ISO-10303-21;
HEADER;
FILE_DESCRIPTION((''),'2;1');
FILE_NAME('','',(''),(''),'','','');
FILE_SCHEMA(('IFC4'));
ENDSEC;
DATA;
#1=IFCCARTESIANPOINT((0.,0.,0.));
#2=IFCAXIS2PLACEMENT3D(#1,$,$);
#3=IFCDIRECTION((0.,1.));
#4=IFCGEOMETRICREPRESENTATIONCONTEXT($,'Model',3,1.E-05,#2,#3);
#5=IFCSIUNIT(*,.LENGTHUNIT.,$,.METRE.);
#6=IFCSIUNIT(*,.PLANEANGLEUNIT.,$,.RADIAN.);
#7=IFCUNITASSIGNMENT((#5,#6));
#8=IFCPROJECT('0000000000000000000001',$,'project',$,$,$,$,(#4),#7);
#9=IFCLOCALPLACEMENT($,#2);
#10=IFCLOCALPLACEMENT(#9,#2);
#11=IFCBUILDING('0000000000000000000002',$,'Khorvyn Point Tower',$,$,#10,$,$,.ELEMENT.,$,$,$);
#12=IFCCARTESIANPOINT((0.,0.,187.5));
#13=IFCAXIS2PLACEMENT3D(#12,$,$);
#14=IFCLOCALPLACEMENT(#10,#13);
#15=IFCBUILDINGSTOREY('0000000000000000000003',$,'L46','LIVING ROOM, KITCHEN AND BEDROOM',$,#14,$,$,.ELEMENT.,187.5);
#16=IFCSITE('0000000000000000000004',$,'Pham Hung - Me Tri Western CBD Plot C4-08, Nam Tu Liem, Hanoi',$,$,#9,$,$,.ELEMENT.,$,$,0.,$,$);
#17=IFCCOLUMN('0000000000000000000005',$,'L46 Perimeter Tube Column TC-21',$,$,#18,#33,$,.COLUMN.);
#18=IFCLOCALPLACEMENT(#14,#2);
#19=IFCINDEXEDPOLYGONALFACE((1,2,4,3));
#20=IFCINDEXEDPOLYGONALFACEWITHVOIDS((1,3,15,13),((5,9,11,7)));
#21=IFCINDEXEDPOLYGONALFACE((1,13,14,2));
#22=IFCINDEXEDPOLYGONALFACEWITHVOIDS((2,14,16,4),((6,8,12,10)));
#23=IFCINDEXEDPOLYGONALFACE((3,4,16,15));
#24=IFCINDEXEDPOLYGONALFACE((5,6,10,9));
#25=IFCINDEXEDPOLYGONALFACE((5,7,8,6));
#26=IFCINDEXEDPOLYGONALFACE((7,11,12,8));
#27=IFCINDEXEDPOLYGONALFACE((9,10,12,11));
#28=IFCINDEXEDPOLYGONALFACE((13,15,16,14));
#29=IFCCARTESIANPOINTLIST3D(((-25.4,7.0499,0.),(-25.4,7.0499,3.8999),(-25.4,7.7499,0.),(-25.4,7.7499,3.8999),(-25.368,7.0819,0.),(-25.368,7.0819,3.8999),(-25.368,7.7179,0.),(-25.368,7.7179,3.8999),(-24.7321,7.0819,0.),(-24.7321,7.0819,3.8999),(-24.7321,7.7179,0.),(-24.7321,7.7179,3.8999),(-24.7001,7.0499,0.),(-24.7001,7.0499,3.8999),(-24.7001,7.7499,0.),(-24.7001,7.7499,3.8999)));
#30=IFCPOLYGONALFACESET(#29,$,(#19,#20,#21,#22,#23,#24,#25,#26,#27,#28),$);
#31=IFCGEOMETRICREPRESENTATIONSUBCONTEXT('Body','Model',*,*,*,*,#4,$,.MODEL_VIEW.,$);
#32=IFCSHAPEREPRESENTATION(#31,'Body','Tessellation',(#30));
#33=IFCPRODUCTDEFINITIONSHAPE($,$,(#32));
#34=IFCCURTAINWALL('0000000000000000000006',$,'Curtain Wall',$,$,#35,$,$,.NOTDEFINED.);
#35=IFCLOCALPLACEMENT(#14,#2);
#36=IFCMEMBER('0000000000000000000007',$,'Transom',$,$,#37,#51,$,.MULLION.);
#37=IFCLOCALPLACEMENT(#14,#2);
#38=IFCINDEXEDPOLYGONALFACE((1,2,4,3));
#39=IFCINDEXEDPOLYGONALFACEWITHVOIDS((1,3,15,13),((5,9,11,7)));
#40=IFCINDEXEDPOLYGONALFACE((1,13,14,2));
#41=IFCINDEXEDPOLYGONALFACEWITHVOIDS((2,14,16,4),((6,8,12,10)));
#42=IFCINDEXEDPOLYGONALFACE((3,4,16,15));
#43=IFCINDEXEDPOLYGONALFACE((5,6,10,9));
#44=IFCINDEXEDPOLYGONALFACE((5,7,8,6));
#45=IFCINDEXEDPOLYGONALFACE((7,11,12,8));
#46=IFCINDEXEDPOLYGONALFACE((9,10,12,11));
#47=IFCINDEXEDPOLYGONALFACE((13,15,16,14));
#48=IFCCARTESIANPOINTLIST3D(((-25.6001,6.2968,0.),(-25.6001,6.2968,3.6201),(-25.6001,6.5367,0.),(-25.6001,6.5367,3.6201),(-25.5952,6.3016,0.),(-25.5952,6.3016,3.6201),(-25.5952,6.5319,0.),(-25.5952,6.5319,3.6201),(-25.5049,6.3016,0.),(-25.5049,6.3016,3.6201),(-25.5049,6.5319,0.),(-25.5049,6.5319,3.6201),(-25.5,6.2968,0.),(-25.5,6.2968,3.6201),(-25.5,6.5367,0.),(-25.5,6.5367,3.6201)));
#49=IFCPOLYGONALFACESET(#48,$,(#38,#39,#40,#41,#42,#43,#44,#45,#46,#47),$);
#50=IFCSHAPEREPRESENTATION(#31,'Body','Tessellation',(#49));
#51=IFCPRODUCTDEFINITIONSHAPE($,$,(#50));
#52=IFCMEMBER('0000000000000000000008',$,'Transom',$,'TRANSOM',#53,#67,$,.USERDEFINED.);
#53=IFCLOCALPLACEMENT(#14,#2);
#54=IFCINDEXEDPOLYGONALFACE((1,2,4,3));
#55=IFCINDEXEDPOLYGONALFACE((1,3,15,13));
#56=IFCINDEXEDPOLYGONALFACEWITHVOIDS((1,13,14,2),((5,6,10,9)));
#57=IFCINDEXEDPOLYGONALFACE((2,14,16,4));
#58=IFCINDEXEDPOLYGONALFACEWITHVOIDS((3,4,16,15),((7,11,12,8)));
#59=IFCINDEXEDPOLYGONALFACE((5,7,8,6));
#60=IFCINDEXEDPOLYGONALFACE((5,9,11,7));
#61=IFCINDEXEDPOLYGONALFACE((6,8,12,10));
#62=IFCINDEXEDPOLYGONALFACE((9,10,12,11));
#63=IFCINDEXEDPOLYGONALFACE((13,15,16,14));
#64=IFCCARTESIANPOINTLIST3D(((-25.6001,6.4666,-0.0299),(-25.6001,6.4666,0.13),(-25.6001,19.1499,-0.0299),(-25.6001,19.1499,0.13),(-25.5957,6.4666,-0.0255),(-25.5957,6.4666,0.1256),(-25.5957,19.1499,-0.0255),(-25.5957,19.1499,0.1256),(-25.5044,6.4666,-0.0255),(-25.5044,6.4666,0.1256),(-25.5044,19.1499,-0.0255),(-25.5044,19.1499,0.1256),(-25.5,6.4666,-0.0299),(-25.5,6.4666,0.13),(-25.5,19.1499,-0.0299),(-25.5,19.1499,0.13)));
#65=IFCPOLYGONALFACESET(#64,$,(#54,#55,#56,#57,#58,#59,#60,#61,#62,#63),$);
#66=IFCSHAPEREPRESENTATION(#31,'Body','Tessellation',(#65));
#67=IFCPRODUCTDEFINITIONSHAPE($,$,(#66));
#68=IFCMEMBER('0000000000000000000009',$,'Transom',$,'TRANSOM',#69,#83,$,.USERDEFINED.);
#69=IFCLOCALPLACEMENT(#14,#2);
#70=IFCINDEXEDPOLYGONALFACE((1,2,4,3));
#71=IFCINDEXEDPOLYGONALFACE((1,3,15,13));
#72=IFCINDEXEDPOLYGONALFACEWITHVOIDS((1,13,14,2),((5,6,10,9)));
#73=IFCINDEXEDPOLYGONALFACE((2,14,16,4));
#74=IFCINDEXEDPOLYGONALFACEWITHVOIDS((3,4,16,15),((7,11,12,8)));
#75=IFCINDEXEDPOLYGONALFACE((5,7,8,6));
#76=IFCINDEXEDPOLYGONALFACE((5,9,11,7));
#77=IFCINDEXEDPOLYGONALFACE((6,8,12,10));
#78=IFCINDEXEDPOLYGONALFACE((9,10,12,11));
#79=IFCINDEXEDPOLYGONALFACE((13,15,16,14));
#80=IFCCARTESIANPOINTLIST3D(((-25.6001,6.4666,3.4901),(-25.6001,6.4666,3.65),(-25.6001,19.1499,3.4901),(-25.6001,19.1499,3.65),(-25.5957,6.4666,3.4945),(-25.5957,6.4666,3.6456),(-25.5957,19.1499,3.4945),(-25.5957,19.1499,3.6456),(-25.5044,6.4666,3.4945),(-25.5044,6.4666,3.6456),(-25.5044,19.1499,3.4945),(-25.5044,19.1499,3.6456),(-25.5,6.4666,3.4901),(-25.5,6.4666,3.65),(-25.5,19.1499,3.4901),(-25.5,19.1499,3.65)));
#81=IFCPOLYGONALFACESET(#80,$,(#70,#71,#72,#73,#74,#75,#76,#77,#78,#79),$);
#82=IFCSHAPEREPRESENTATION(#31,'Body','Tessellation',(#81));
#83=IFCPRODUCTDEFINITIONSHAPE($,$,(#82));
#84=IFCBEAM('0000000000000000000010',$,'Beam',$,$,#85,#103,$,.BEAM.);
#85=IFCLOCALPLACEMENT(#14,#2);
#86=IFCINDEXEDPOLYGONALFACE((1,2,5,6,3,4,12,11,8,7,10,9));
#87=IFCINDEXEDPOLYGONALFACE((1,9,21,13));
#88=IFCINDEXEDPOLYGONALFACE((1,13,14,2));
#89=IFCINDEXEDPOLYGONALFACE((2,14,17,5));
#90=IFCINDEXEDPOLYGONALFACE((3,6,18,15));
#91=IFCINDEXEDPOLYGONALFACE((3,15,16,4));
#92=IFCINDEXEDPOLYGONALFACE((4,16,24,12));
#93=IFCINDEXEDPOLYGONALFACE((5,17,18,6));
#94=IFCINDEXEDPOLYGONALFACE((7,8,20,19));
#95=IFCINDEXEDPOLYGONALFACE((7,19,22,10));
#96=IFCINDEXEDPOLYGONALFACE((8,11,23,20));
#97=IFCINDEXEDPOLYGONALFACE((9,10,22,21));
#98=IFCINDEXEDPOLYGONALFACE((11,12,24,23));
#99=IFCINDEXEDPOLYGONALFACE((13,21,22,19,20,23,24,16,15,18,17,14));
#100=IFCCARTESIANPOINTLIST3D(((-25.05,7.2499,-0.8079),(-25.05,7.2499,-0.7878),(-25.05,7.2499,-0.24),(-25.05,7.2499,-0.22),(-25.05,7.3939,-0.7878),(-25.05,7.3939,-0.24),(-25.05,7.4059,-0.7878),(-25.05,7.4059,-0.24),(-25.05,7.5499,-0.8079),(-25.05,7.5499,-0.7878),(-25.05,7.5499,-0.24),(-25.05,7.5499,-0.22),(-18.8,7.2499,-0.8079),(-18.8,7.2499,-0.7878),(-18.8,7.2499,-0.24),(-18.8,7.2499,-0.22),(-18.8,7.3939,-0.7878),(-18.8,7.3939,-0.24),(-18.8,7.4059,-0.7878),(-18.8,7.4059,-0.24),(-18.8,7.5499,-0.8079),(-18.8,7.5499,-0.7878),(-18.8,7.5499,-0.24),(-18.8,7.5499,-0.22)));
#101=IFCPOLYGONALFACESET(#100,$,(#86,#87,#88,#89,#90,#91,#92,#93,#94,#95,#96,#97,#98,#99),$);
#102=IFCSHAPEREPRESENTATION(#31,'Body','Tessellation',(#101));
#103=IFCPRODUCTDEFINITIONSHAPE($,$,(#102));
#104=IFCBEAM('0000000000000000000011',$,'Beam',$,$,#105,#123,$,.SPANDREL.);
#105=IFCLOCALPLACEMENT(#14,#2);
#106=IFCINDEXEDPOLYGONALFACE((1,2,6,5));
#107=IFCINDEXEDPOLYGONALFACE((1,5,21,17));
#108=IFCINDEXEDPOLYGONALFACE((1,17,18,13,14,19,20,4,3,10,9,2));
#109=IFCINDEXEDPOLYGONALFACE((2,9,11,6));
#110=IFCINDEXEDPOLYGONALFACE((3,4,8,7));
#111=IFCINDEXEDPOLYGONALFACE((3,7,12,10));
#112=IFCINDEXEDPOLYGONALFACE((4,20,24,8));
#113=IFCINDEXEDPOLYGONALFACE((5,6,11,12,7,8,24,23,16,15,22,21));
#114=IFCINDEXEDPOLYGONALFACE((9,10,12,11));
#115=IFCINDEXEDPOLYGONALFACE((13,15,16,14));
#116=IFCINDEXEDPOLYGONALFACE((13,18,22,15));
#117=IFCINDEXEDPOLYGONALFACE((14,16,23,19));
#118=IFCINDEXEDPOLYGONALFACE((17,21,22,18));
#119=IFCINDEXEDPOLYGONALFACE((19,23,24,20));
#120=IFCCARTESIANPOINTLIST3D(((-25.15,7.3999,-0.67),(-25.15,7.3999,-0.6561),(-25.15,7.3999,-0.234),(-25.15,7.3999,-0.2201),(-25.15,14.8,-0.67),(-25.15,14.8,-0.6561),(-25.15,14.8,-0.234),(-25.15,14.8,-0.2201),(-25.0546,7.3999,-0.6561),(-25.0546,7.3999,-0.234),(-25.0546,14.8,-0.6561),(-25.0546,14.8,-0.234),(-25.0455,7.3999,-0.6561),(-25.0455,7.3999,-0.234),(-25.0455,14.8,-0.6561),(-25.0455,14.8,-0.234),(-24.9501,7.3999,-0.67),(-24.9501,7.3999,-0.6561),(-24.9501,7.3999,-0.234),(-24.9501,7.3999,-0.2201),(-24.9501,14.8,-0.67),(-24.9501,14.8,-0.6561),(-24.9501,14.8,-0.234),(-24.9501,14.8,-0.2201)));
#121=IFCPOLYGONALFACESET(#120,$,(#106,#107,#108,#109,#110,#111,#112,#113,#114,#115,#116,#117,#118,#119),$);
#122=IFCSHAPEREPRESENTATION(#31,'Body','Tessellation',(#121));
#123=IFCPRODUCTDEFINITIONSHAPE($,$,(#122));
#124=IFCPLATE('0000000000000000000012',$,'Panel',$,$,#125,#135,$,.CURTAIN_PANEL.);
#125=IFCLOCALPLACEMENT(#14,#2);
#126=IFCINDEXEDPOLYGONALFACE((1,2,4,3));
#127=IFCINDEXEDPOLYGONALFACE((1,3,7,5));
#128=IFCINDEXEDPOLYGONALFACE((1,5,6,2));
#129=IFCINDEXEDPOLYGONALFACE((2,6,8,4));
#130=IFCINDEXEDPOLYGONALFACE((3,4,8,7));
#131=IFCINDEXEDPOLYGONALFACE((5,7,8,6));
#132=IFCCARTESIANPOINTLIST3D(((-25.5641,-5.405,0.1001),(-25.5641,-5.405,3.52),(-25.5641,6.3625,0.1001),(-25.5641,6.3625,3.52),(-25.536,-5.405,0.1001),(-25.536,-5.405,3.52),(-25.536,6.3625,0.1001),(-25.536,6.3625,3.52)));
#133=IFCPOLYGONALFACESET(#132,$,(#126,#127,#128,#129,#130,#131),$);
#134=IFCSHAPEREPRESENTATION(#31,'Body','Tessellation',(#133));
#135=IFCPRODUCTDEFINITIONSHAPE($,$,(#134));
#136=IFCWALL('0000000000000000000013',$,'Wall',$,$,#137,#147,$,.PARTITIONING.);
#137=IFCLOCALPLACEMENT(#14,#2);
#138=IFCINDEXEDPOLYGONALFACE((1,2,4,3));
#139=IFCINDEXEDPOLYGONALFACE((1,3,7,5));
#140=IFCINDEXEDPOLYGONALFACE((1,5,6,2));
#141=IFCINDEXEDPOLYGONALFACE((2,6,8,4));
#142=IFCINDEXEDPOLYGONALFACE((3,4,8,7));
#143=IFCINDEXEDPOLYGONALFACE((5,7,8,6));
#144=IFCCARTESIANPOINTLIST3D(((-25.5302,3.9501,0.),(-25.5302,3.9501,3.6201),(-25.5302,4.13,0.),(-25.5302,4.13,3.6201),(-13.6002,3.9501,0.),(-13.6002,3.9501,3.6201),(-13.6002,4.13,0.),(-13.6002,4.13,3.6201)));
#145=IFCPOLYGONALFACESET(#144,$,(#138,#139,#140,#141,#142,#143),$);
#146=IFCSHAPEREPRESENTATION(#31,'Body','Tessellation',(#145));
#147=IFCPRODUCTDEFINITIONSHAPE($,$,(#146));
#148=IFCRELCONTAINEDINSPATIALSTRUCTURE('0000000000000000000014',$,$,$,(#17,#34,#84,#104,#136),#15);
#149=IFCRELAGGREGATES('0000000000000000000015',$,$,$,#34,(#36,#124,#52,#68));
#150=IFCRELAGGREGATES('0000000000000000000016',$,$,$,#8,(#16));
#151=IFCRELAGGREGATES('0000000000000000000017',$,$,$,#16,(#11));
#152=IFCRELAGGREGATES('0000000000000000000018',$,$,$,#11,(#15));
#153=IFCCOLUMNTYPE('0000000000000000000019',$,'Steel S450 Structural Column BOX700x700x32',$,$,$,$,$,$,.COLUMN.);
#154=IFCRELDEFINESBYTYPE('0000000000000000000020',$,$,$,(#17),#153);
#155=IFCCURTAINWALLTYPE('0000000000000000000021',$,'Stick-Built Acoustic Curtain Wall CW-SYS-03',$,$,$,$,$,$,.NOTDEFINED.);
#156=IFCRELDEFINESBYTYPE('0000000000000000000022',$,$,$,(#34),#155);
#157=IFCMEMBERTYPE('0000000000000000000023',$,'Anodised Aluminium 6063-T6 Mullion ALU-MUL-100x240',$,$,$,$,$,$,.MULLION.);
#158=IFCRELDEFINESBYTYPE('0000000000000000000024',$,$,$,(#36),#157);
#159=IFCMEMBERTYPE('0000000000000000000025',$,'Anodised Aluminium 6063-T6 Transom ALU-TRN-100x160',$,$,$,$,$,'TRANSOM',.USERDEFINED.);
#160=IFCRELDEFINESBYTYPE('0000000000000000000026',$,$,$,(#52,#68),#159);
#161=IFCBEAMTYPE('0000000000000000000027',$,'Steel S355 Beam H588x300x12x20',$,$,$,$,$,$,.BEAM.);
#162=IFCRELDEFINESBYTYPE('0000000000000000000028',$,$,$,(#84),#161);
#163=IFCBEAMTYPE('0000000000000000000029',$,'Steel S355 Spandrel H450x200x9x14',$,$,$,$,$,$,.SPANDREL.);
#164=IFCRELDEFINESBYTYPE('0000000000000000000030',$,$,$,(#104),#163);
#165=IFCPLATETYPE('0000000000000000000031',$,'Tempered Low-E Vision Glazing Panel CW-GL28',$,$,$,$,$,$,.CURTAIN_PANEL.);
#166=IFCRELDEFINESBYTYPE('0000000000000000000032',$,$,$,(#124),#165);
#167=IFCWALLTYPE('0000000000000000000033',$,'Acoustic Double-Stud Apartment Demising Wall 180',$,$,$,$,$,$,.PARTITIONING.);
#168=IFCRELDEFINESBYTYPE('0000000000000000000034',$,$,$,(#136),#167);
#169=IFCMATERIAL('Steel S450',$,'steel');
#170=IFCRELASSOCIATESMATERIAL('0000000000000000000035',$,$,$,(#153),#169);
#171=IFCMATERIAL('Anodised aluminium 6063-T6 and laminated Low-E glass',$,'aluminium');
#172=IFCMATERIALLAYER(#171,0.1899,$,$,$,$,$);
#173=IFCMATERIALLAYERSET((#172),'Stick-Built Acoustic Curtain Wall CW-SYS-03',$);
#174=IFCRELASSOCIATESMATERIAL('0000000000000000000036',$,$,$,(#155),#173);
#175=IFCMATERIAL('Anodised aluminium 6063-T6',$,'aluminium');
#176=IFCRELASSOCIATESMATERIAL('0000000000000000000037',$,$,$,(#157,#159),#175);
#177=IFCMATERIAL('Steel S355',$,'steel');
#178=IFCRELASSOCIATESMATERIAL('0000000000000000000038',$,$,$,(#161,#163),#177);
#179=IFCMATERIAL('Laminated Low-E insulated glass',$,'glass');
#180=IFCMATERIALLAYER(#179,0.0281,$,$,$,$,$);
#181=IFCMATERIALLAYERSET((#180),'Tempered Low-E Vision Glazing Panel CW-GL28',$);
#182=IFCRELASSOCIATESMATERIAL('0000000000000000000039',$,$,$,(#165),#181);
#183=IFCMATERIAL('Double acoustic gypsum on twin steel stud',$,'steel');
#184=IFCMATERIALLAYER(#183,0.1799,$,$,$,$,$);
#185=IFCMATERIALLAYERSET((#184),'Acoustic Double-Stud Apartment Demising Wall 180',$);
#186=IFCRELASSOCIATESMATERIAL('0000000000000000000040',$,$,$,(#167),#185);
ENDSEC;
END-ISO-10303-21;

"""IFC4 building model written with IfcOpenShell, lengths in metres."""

from ifc_helpers import new_model, si_unit, direction, frame, frame_2d, origin, origin_2d, place, context, subcontext, project, spatial, rectangle, hollow_rectangle, i_section, extrude, material, layer, layer_set, material_profile, profile_set, type_object, element, aggregate, save


model = new_model("IFC4")

# Units and contexts
model_context = context("Model", 3, precision=1e-05, world=origin(), true_north=direction((0.0, 1.0)))
body_context = subcontext(model_context, "Body", "Model", "MODEL_VIEW")
ifc_project = project(units=[si_unit("LENGTHUNIT", "METRE"), si_unit("PLANEANGLEUNIT", "RADIAN")], contexts=[model_context])

# Site, building, storey
site_placement = place(None, origin())
site = spatial("IfcSite", under=ifc_project, at=site_placement, Name="Pham Hung - Me Tri Western CBD Plot C4-08, Nam Tu Liem, Hanoi", CompositionType="ELEMENT", RefElevation=0.0)
building_placement = place(site_placement, origin())
building = spatial("IfcBuilding", under=site, at=building_placement, Name="Khorvyn Point Tower", CompositionType="ELEMENT")
storey_placement = place(building_placement, frame((0.0, 0.0, 187.5)))
storey = spatial("IfcBuildingStorey", under=building, at=storey_placement, Name="L46", Description="LIVING ROOM, KITCHEN AND BEDROOM", CompositionType="ELEMENT", Elevation=187.5)

# Column
ifc_material_1 = material(Name="Steel S450", Category="steel")
ifc_material_profile_1 = material_profile(ifc_material_1, hollow_rectangle(XDim=0.7, YDim=0.7, WallThickness=0.032, at=origin_2d()))
ifc_profile_set_1 = profile_set([ifc_material_profile_1], Name="Steel S450 BOX700x700x32")
column_type = type_object("IfcColumnType", Name="Steel S450 Structural Column BOX700x700x32", PredefinedType="COLUMN", material=ifc_profile_set_1)
column_placement = place(storey_placement, frame((-25.05, 7.3999, 0.0), z_axis=(0.0, 0.0, 1.0), x_axis=(1.0, 0.0, 0.0)))
element("IfcColumn", 1, at=column_placement, inside=storey, type_object=column_type, Name="L46 Perimeter Tube Column TC-21", PredefinedType="COLUMN", context=body_context, shape_type="SweptSolid", body=[
    extrude(hollow_rectangle(XDim=0.7, YDim=0.7, WallThickness=0.032, at=origin_2d()), origin(), (0.0, 0.0, 1.0), 3.8999),
])

# Curtain wall, members
ifc_material_2 = material(Name="Anodised aluminium 6063-T6 and laminated Low-E glass", Category="aluminium")
ifc_layer_1 = layer(ifc_material_2, 0.1899)
ifc_layer_set_1 = layer_set([ifc_layer_1], Name="Stick-Built Acoustic Curtain Wall CW-SYS-03")
curtain_wall_type = type_object("IfcCurtainWallType", Name="Stick-Built Acoustic Curtain Wall CW-SYS-03", PredefinedType="NOTDEFINED", material=ifc_layer_set_1)
curtain_wall_placement = place(storey_placement, origin())
curtain_wall = element("IfcCurtainWall", 2, at=curtain_wall_placement, inside=storey, type_object=curtain_wall_type, Name="Curtain Wall", PredefinedType="NOTDEFINED")
ifc_material_3 = material(Name="Anodised aluminium 6063-T6", Category="aluminium")
ifc_material_profile_2 = material_profile(ifc_material_3, hollow_rectangle(XDim=0.1001, YDim=0.24, WallThickness=0.0049, at=origin_2d()))
ifc_profile_set_2 = profile_set([ifc_material_profile_2], Name="Anodised aluminium 6063-T6 ALU-MUL-100x240")
member_type_1 = type_object("IfcMemberType", Name="Anodised Aluminium 6063-T6 Mullion ALU-MUL-100x240", PredefinedType="MULLION", material=ifc_profile_set_2)
member_1_placement = place(storey_placement, frame((-25.55, 6.4167, 0.0), z_axis=(0.0, 0.0, 1.0), x_axis=(-1.0, 0.0, 0.0)))
member_1 = element("IfcMember", 3, at=member_1_placement, type_object=member_type_1, Name="Transom", PredefinedType="MULLION", context=body_context, shape_type="SweptSolid", body=[
    extrude(hollow_rectangle(XDim=0.1001, YDim=0.24, WallThickness=0.0049, at=origin_2d()), origin(), (0.0, 0.0, 1.0), 3.6201),
])
ifc_material_profile_3 = material_profile(ifc_material_3, hollow_rectangle(XDim=0.1001, YDim=0.1599, WallThickness=0.0044, at=origin_2d()))
ifc_profile_set_3 = profile_set([ifc_material_profile_3], Name="Anodised aluminium 6063-T6 ALU-TRN-100x160")
member_type_2 = type_object("IfcMemberType", Name="Anodised Aluminium 6063-T6 Transom ALU-TRN-100x160", ElementType="TRANSOM", PredefinedType="USERDEFINED", material=ifc_profile_set_3)
member_2_placement = place(storey_placement, frame((-25.55, 6.4666, 0.05), z_axis=(0.0, 1.0, 0.0), x_axis=(-1.0, 0.0, 0.0)))
member_2 = element("IfcMember", 4, at=member_2_placement, type_object=member_type_2, Name="Transom", ObjectType="TRANSOM", PredefinedType="USERDEFINED", context=body_context, shape_type="SweptSolid", body=[
    extrude(hollow_rectangle(XDim=0.1001, YDim=0.1599, WallThickness=0.0044, at=origin_2d()), origin(), (0.0, 0.0, 1.0), 12.6833),
])
member_3_placement = place(storey_placement, frame((-25.55, 6.4666, 3.5701), z_axis=(0.0, 1.0, 0.0), x_axis=(-1.0, 0.0, 0.0)))
member_3 = element("IfcMember", 5, at=member_3_placement, type_object=member_type_2, Name="Transom", ObjectType="TRANSOM", PredefinedType="USERDEFINED", context=body_context, shape_type="SweptSolid", body=[
    extrude(hollow_rectangle(XDim=0.1001, YDim=0.1599, WallThickness=0.0044, at=origin_2d()), origin(), (0.0, 0.0, 1.0), 12.6833),
])

# Beams
ifc_material_4 = material(Name="Steel S355", Category="steel")
ifc_material_profile_4 = material_profile(ifc_material_4, i_section(OverallWidth=0.3, OverallDepth=0.5879, WebThickness=0.012, FlangeThickness=0.02, at=origin_2d()))
ifc_profile_set_4 = profile_set([ifc_material_profile_4], Name="Steel S355 H588x300x12x20")
beam_type_1 = type_object("IfcBeamType", Name="Steel S355 Beam H588x300x12x20", PredefinedType="BEAM", material=ifc_profile_set_4)
beam_1_placement = place(storey_placement, frame((-25.05, 7.3999, -0.5139), z_axis=(1.0, 0.0, 0.0), x_axis=(0.0, 1.0, 0.0)))
element("IfcBeam", 6, at=beam_1_placement, inside=storey, type_object=beam_type_1, Name="Beam", PredefinedType="BEAM", context=body_context, shape_type="SweptSolid", body=[
    extrude(i_section(OverallWidth=0.3, OverallDepth=0.5879, WebThickness=0.012, FlangeThickness=0.02, at=origin_2d()), origin(), (0.0, 0.0, 1.0), 6.25),
])
ifc_material_profile_5 = material_profile(ifc_material_4, i_section(OverallWidth=0.2, OverallDepth=0.45, WebThickness=0.009, FlangeThickness=0.0139, at=origin_2d()))
ifc_profile_set_5 = profile_set([ifc_material_profile_5], Name="Steel S355 H450x200x9x14")
beam_type_2 = type_object("IfcBeamType", Name="Steel S355 Spandrel H450x200x9x14", PredefinedType="SPANDREL", material=ifc_profile_set_5)
beam_2_placement = place(storey_placement, frame((-25.05, 7.3999, -0.4451), z_axis=(0.0, 1.0, 0.0), x_axis=(-1.0, 0.0, 0.0)))
element("IfcBeam", 7, at=beam_2_placement, inside=storey, type_object=beam_type_2, Name="Beam", PredefinedType="SPANDREL", context=body_context, shape_type="SweptSolid", body=[
    extrude(i_section(OverallWidth=0.2, OverallDepth=0.45, WebThickness=0.009, FlangeThickness=0.0139, at=origin_2d()), origin(), (0.0, 0.0, 1.0), 7.4001),
])

# Plate
ifc_material_5 = material(Name="Laminated Low-E insulated glass", Category="glass")
ifc_layer_2 = layer(ifc_material_5, 0.0281)
ifc_layer_set_2 = layer_set([ifc_layer_2], Name="Tempered Low-E Vision Glazing Panel CW-GL28")
plate_type = type_object("IfcPlateType", Name="Tempered Low-E Vision Glazing Panel CW-GL28", PredefinedType="CURTAIN_PANEL", material=ifc_layer_set_2)
plate_placement = place(storey_placement, frame((-25.55, 0.4788, 0.1001), z_axis=(0.0, 0.0, 1.0), x_axis=(0.0, 1.0, 0.0)))
plate = element("IfcPlate", 8, at=plate_placement, type_object=plate_type, Name="Panel", PredefinedType="CURTAIN_PANEL", context=body_context, shape_type="SweptSolid", body=[
    extrude(rectangle(XDim=11.7676, YDim=0.0281, at=origin_2d()), origin(), (0.0, 0.0, 1.0), 3.4199),
])
aggregate(curtain_wall, [member_1, plate, member_2, member_3])

# Wall
ifc_material_6 = material(Name="Double acoustic gypsum on twin steel stud", Category="steel")
ifc_layer_3 = layer(ifc_material_6, 0.1799)
ifc_layer_set_3 = layer_set([ifc_layer_3], Name="Acoustic Double-Stud Apartment Demising Wall 180")
wall_type_1 = type_object("IfcWallType", Name="Acoustic Double-Stud Apartment Demising Wall 180", PredefinedType="PARTITIONING", material=ifc_layer_set_3)
wall_1_placement = place(storey_placement, frame((-25.53, 4.04, 0.0), z_axis=(0.0, 0.0, 1.0), x_axis=(1.0, 0.0, 0.0)))
element("IfcWall", 9, at=wall_1_placement, inside=storey, type_object=wall_type_1, Name="Wall", PredefinedType="PARTITIONING", context=body_context, shape_type="SweptSolid", body=[
    extrude(rectangle(XDim=11.9299, YDim=0.1799, at=frame_2d((5.9648, 0.0))), origin(), (0.0, 0.0, 1.0), 3.6201),
])

save(model, "model.ifc")
